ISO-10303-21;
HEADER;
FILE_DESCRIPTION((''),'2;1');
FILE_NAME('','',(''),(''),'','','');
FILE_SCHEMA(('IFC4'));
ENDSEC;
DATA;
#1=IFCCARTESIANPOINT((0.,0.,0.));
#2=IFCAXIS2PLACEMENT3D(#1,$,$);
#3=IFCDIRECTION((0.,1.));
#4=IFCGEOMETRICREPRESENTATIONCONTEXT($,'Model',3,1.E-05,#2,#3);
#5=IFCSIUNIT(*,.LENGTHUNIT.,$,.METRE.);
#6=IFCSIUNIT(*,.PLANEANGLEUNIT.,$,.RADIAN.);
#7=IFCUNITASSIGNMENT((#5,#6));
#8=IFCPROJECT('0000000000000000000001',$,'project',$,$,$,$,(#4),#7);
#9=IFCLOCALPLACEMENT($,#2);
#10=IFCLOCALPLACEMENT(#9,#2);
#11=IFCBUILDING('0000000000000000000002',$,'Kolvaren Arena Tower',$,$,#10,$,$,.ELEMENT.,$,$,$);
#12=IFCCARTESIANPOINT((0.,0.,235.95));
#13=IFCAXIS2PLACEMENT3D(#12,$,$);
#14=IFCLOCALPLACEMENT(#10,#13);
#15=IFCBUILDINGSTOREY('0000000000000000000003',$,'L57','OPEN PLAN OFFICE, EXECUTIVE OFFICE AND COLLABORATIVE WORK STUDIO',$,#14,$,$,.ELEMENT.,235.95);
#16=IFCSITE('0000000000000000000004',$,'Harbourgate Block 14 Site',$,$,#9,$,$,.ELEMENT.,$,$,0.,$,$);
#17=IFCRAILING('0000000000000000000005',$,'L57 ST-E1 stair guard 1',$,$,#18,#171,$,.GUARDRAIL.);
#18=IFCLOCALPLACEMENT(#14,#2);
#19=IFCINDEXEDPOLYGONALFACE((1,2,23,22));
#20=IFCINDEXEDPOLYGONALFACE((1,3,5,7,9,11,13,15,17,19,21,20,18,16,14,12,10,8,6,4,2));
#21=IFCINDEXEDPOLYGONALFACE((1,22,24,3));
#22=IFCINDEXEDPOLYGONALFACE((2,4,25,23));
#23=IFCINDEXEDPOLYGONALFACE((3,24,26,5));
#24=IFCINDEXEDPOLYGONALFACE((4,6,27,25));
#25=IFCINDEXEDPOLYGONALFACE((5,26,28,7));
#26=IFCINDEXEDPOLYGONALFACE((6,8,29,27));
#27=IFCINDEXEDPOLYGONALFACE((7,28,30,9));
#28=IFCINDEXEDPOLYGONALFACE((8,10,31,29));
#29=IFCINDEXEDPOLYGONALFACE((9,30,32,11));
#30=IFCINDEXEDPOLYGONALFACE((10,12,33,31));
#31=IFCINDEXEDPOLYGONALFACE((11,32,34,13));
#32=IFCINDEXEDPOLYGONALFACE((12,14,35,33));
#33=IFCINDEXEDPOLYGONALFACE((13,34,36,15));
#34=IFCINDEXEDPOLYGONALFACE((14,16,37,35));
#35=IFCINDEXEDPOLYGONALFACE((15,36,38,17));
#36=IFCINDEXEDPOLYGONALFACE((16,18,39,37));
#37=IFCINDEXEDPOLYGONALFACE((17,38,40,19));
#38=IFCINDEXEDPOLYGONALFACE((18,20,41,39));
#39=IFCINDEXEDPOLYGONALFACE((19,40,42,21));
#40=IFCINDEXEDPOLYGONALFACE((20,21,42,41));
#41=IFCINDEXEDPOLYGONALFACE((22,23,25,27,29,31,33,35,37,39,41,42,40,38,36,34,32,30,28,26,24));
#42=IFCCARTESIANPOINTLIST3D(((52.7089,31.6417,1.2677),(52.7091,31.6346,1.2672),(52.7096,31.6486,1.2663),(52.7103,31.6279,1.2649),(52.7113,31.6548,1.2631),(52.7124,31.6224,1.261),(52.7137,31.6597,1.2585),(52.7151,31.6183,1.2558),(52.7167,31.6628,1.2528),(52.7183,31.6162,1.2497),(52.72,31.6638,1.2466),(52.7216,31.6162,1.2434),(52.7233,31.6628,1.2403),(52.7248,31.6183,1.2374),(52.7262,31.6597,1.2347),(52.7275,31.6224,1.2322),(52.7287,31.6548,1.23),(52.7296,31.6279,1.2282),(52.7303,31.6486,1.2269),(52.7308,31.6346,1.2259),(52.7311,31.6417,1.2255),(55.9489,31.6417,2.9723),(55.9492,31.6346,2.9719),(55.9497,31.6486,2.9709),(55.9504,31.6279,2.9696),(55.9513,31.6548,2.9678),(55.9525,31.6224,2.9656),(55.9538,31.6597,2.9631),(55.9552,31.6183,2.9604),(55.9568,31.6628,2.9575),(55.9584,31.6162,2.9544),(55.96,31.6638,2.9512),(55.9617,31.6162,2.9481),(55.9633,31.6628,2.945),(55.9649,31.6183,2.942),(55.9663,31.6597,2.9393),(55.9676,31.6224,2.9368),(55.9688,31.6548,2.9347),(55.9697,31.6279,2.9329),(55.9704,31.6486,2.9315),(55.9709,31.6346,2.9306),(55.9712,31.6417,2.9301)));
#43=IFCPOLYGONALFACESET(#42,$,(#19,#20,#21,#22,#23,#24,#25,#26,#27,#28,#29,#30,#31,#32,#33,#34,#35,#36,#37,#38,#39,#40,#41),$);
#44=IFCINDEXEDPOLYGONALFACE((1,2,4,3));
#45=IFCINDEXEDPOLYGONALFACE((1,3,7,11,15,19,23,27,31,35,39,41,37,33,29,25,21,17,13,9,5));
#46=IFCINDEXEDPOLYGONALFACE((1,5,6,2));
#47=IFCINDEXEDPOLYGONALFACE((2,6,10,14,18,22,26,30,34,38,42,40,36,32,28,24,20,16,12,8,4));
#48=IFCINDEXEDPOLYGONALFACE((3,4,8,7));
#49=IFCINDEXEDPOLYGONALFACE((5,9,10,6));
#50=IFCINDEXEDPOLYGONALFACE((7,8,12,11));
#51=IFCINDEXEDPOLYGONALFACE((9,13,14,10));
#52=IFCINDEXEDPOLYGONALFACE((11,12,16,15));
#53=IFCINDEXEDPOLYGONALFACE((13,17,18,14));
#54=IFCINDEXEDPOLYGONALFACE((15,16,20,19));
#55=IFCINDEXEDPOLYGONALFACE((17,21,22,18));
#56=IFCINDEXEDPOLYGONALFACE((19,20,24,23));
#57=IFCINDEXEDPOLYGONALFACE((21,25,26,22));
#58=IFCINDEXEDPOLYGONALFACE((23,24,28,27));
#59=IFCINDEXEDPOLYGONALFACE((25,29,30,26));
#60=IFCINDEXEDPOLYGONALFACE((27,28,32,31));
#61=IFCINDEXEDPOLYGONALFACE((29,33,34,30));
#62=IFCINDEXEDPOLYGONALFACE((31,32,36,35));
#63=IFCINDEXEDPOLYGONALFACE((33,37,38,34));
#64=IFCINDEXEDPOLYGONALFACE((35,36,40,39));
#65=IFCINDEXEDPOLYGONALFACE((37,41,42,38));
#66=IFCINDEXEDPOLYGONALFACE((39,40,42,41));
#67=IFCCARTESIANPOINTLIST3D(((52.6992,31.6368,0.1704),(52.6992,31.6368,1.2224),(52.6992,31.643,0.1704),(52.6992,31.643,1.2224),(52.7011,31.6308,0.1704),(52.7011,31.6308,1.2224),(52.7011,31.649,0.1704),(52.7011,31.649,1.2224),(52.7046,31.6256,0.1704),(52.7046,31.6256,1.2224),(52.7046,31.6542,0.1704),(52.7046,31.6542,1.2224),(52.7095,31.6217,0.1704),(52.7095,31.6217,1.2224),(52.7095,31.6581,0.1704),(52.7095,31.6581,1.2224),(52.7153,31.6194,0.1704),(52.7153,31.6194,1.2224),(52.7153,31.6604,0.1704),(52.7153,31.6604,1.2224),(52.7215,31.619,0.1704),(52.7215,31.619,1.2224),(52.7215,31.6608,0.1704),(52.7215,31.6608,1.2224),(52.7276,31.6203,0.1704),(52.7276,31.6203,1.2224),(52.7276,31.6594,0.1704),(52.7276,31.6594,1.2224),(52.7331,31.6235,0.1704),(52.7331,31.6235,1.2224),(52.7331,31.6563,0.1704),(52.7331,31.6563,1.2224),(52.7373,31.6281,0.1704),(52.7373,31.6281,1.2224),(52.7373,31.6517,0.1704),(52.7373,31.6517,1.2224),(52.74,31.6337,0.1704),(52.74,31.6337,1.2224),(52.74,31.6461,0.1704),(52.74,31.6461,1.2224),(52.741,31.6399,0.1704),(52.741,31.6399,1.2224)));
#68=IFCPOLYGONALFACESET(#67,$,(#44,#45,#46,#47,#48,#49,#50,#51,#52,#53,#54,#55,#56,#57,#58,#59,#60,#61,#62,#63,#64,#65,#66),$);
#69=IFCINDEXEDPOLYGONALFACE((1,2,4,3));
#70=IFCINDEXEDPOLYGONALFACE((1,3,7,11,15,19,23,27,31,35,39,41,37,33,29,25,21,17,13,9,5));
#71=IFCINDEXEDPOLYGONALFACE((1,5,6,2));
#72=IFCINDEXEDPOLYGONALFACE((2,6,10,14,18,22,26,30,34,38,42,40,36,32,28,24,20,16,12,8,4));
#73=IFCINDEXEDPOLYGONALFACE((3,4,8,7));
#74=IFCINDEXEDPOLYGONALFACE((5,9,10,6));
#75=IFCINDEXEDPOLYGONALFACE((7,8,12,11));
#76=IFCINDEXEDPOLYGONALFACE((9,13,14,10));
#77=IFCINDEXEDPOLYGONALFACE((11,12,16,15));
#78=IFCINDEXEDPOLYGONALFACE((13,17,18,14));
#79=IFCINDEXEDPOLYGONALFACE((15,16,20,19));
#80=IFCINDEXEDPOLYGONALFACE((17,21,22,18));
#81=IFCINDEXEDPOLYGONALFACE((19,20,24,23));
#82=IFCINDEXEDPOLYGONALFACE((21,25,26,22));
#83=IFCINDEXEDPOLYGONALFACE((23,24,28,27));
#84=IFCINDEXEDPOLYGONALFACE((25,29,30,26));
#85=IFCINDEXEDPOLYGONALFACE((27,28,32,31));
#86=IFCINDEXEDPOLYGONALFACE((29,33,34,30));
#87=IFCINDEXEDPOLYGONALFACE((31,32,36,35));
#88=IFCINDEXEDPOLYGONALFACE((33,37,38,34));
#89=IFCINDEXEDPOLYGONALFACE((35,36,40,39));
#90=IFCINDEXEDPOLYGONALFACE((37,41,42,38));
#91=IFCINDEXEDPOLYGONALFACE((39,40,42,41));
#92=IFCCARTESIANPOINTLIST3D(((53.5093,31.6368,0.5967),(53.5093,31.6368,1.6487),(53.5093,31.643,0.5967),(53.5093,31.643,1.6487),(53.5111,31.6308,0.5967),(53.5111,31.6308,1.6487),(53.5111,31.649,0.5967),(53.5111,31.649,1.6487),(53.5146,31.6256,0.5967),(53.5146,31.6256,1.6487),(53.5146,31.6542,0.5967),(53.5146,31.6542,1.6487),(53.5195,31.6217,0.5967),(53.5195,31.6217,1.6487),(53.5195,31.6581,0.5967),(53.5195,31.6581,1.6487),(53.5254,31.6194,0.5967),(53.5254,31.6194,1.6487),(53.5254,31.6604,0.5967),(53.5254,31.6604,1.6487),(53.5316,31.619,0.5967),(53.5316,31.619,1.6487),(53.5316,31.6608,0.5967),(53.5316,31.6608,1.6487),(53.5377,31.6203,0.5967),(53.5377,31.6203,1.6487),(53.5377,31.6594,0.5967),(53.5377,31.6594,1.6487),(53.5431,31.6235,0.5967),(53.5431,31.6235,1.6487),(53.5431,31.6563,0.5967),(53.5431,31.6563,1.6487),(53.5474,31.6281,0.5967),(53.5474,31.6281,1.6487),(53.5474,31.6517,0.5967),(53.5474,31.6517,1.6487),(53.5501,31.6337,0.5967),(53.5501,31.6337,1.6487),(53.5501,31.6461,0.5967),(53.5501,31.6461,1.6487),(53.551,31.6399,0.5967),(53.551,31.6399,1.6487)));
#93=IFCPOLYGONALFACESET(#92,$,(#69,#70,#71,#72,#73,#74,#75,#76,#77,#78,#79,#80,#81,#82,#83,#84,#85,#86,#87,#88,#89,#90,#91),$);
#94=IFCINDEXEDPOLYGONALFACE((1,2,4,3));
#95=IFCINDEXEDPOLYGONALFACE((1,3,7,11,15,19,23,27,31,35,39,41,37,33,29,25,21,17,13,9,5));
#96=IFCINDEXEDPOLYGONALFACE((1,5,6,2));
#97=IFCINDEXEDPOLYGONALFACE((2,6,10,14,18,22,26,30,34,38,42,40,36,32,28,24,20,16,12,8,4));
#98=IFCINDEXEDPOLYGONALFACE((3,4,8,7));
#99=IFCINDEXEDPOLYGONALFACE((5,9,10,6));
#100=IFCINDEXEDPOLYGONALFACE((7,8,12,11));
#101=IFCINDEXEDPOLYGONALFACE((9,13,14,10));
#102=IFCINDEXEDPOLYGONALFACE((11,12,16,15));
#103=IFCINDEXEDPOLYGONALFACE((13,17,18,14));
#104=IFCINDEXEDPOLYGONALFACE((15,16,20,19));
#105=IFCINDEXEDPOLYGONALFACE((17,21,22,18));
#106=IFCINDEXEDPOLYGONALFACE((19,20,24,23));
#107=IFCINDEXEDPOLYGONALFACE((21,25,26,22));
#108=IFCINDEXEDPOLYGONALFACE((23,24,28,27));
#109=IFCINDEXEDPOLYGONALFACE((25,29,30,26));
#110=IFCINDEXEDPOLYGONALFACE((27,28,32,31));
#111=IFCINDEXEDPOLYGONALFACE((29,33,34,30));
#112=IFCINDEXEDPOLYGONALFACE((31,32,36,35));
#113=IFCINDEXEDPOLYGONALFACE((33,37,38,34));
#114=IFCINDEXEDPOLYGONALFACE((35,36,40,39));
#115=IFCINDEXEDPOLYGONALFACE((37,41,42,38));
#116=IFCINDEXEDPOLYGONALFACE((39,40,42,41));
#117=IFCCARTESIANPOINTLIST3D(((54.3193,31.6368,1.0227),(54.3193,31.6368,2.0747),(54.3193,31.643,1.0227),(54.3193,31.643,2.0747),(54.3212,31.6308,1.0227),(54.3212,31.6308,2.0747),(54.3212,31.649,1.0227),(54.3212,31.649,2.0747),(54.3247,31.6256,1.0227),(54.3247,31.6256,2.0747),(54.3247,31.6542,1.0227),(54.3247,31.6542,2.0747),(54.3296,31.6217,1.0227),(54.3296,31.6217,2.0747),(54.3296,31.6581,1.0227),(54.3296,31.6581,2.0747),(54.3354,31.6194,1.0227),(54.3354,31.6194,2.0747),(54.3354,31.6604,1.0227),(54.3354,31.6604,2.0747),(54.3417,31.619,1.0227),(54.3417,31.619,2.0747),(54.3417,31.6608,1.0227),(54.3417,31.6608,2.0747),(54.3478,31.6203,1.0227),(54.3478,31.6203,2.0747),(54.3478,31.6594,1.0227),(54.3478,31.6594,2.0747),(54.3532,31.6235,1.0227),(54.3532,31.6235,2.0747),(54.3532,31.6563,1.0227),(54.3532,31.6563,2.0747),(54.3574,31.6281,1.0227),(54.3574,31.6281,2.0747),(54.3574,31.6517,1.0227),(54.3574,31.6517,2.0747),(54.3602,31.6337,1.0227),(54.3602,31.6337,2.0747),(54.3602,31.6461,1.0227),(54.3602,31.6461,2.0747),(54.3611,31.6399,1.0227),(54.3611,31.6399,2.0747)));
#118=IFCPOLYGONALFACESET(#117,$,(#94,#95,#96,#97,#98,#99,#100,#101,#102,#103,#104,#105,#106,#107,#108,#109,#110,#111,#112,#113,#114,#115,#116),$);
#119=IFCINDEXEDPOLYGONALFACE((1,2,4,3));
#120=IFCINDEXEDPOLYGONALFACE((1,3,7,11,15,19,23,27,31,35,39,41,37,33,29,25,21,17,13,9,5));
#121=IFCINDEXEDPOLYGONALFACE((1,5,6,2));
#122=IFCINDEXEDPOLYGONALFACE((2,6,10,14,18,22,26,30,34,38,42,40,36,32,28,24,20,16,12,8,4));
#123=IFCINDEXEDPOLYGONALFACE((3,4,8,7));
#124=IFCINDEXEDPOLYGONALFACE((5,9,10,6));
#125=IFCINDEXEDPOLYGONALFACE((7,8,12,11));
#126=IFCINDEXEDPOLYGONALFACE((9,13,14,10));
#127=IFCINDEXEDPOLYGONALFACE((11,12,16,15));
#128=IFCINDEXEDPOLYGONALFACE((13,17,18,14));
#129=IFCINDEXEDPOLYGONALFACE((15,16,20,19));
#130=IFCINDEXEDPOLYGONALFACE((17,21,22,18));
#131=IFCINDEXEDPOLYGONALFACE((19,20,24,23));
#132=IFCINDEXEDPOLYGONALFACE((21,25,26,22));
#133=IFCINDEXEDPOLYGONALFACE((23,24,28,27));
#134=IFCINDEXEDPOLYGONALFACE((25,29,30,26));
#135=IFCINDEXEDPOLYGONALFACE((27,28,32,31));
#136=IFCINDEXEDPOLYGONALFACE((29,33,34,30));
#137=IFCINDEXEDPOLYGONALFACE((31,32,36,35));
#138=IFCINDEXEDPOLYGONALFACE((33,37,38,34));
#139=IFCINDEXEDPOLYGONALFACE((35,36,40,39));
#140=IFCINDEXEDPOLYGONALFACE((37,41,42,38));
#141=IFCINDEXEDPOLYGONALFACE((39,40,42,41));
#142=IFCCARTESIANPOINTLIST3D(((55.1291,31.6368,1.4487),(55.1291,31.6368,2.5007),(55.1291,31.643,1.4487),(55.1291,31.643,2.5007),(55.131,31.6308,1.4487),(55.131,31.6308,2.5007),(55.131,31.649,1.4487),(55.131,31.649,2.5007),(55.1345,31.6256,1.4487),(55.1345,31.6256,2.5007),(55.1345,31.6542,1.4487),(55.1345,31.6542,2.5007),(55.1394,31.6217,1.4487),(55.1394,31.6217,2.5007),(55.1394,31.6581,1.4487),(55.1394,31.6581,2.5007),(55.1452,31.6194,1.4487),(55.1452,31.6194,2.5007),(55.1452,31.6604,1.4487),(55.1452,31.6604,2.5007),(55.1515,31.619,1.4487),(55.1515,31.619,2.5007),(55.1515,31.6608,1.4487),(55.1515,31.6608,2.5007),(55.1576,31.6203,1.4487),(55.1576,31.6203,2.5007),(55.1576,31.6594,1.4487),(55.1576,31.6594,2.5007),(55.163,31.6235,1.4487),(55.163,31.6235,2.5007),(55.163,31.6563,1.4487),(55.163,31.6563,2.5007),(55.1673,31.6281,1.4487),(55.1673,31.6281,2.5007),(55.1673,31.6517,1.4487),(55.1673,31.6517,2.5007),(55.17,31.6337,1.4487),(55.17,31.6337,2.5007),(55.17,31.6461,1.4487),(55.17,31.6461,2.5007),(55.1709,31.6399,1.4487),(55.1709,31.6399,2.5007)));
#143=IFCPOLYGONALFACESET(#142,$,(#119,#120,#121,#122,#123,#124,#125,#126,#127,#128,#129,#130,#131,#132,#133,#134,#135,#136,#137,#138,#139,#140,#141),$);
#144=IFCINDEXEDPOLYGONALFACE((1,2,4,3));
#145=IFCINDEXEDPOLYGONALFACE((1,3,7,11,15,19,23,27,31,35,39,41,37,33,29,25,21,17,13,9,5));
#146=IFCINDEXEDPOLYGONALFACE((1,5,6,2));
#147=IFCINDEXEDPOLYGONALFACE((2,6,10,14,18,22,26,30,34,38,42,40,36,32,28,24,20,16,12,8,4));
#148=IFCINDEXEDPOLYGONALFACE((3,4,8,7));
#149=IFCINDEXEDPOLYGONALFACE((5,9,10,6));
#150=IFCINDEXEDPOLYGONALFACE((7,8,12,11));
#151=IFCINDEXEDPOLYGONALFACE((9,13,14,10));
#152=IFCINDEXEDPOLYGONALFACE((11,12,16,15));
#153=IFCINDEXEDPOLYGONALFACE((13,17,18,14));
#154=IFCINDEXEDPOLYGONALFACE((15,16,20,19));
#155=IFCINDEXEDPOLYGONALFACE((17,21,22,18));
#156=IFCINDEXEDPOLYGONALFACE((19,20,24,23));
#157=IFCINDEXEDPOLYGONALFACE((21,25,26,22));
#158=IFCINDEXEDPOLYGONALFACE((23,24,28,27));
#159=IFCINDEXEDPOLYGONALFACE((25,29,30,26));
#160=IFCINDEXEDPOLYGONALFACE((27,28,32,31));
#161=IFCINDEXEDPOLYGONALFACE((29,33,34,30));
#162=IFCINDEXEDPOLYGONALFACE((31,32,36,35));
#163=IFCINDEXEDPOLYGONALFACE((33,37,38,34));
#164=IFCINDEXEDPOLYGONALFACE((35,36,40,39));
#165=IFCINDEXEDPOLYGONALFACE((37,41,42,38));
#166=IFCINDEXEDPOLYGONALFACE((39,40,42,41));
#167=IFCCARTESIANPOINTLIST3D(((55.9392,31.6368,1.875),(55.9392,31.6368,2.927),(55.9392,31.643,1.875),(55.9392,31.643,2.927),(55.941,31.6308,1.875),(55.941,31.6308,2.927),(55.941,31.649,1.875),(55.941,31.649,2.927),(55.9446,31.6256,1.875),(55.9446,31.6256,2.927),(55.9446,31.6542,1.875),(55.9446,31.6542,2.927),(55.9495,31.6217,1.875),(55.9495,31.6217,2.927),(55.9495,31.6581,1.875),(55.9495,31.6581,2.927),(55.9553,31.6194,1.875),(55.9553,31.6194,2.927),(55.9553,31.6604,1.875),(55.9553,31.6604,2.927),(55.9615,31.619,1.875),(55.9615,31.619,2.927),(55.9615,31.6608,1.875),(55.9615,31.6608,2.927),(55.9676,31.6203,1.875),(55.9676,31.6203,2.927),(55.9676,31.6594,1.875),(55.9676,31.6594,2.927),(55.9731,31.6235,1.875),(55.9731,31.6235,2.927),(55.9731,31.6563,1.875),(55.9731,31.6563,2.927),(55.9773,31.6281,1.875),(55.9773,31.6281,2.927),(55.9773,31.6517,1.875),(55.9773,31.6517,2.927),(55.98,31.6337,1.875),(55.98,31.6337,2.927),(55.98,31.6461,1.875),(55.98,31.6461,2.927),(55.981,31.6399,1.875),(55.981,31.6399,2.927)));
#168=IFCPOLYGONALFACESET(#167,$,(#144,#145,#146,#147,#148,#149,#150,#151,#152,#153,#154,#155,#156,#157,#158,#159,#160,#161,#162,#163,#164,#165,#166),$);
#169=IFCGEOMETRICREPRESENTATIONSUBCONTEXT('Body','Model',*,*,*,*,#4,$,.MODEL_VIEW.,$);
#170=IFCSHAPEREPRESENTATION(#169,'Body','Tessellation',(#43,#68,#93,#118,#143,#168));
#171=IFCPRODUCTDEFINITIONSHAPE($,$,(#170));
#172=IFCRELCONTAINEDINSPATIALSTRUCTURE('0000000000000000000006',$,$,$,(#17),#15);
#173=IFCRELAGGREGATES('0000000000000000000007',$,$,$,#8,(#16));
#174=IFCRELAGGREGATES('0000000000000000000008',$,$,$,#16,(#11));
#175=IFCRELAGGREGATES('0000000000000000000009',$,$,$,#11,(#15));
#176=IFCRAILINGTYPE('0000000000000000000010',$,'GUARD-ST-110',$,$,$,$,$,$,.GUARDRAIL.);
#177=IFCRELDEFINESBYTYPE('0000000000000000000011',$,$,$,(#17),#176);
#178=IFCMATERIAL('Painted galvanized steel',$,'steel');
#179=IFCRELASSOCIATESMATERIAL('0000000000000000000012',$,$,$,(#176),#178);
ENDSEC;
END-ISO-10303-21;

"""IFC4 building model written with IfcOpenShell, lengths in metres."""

from ifc_helpers import new_model, si_unit, direction, frame, origin, origin_2d, place, context, subcontext, project, spatial, circle, extrude, material, type_object, element, save


model = new_model("IFC4")

# Units and contexts
model_context = context("Model", 3, precision=1e-05, world=origin(), true_north=direction((0.0, 1.0)))
body_context = subcontext(model_context, "Body", "Model", "MODEL_VIEW")
ifc_project = project(units=[si_unit("LENGTHUNIT", "METRE"), si_unit("PLANEANGLEUNIT", "RADIAN")], contexts=[model_context])

# Site, building, storey
site_placement = place(None, origin())
site = spatial("IfcSite", under=ifc_project, at=site_placement, Name="Harbourgate Block 14 Site", CompositionType="ELEMENT", RefElevation=0.0)
building_placement = place(site_placement, origin())
building = spatial("IfcBuilding", under=site, at=building_placement, Name="Kolvaren Arena Tower", CompositionType="ELEMENT")
storey_placement = place(building_placement, frame((0.0, 0.0, 235.95)))
storey = spatial("IfcBuildingStorey", under=building, at=storey_placement, Name="L57", Description="OPEN PLAN OFFICE, EXECUTIVE OFFICE AND COLLABORATIVE WORK STUDIO", CompositionType="ELEMENT", Elevation=235.95)

# Railing
ifc_material_1 = material(Name="Painted galvanized steel", Category="steel")
railing_type_1 = type_object("IfcRailingType", Name="GUARD-ST-110", PredefinedType="GUARDRAIL", material=ifc_material_1)
railing_1_placement = place(storey_placement, frame((52.72, 31.6399, 0.1704)))
element("IfcRailing", 1, at=railing_1_placement, inside=storey, type_object=railing_type_1, Name="L57 ST-E1 stair guard 1", PredefinedType="GUARDRAIL", context=body_context, shape_type="SweptSolid", body=[
    extrude(circle(Radius=0.0239, at=origin_2d()), frame((0.0, 0.0, 1.0762), z_axis=(0.884993, 0.0, 0.465604), x_axis=(0.0, 1.0, 0.0)), (0.0, 0.0, 1.0), 3.6611),
    extrude(circle(Radius=0.021, at=origin_2d()), origin(), (0.0, 0.0, 1.0), 1.052),
    extrude(circle(Radius=0.021, at=origin_2d()), frame((0.8101, 0.0, 0.4263)), (0.0, 0.0, 1.0), 1.052),
    extrude(circle(Radius=0.021, at=origin_2d()), frame((1.6201, 0.0, 0.8523)), (0.0, 0.0, 1.0), 1.052),
    extrude(circle(Radius=0.021, at=origin_2d()), frame((2.4299, 0.0, 1.2783)), (0.0, 0.0, 1.0), 1.052),
    extrude(circle(Radius=0.021, at=origin_2d()), frame((3.24, 0.0, 1.7046)), (0.0, 0.0, 1.0), 1.052),
])

save(model, "model.ifc")
